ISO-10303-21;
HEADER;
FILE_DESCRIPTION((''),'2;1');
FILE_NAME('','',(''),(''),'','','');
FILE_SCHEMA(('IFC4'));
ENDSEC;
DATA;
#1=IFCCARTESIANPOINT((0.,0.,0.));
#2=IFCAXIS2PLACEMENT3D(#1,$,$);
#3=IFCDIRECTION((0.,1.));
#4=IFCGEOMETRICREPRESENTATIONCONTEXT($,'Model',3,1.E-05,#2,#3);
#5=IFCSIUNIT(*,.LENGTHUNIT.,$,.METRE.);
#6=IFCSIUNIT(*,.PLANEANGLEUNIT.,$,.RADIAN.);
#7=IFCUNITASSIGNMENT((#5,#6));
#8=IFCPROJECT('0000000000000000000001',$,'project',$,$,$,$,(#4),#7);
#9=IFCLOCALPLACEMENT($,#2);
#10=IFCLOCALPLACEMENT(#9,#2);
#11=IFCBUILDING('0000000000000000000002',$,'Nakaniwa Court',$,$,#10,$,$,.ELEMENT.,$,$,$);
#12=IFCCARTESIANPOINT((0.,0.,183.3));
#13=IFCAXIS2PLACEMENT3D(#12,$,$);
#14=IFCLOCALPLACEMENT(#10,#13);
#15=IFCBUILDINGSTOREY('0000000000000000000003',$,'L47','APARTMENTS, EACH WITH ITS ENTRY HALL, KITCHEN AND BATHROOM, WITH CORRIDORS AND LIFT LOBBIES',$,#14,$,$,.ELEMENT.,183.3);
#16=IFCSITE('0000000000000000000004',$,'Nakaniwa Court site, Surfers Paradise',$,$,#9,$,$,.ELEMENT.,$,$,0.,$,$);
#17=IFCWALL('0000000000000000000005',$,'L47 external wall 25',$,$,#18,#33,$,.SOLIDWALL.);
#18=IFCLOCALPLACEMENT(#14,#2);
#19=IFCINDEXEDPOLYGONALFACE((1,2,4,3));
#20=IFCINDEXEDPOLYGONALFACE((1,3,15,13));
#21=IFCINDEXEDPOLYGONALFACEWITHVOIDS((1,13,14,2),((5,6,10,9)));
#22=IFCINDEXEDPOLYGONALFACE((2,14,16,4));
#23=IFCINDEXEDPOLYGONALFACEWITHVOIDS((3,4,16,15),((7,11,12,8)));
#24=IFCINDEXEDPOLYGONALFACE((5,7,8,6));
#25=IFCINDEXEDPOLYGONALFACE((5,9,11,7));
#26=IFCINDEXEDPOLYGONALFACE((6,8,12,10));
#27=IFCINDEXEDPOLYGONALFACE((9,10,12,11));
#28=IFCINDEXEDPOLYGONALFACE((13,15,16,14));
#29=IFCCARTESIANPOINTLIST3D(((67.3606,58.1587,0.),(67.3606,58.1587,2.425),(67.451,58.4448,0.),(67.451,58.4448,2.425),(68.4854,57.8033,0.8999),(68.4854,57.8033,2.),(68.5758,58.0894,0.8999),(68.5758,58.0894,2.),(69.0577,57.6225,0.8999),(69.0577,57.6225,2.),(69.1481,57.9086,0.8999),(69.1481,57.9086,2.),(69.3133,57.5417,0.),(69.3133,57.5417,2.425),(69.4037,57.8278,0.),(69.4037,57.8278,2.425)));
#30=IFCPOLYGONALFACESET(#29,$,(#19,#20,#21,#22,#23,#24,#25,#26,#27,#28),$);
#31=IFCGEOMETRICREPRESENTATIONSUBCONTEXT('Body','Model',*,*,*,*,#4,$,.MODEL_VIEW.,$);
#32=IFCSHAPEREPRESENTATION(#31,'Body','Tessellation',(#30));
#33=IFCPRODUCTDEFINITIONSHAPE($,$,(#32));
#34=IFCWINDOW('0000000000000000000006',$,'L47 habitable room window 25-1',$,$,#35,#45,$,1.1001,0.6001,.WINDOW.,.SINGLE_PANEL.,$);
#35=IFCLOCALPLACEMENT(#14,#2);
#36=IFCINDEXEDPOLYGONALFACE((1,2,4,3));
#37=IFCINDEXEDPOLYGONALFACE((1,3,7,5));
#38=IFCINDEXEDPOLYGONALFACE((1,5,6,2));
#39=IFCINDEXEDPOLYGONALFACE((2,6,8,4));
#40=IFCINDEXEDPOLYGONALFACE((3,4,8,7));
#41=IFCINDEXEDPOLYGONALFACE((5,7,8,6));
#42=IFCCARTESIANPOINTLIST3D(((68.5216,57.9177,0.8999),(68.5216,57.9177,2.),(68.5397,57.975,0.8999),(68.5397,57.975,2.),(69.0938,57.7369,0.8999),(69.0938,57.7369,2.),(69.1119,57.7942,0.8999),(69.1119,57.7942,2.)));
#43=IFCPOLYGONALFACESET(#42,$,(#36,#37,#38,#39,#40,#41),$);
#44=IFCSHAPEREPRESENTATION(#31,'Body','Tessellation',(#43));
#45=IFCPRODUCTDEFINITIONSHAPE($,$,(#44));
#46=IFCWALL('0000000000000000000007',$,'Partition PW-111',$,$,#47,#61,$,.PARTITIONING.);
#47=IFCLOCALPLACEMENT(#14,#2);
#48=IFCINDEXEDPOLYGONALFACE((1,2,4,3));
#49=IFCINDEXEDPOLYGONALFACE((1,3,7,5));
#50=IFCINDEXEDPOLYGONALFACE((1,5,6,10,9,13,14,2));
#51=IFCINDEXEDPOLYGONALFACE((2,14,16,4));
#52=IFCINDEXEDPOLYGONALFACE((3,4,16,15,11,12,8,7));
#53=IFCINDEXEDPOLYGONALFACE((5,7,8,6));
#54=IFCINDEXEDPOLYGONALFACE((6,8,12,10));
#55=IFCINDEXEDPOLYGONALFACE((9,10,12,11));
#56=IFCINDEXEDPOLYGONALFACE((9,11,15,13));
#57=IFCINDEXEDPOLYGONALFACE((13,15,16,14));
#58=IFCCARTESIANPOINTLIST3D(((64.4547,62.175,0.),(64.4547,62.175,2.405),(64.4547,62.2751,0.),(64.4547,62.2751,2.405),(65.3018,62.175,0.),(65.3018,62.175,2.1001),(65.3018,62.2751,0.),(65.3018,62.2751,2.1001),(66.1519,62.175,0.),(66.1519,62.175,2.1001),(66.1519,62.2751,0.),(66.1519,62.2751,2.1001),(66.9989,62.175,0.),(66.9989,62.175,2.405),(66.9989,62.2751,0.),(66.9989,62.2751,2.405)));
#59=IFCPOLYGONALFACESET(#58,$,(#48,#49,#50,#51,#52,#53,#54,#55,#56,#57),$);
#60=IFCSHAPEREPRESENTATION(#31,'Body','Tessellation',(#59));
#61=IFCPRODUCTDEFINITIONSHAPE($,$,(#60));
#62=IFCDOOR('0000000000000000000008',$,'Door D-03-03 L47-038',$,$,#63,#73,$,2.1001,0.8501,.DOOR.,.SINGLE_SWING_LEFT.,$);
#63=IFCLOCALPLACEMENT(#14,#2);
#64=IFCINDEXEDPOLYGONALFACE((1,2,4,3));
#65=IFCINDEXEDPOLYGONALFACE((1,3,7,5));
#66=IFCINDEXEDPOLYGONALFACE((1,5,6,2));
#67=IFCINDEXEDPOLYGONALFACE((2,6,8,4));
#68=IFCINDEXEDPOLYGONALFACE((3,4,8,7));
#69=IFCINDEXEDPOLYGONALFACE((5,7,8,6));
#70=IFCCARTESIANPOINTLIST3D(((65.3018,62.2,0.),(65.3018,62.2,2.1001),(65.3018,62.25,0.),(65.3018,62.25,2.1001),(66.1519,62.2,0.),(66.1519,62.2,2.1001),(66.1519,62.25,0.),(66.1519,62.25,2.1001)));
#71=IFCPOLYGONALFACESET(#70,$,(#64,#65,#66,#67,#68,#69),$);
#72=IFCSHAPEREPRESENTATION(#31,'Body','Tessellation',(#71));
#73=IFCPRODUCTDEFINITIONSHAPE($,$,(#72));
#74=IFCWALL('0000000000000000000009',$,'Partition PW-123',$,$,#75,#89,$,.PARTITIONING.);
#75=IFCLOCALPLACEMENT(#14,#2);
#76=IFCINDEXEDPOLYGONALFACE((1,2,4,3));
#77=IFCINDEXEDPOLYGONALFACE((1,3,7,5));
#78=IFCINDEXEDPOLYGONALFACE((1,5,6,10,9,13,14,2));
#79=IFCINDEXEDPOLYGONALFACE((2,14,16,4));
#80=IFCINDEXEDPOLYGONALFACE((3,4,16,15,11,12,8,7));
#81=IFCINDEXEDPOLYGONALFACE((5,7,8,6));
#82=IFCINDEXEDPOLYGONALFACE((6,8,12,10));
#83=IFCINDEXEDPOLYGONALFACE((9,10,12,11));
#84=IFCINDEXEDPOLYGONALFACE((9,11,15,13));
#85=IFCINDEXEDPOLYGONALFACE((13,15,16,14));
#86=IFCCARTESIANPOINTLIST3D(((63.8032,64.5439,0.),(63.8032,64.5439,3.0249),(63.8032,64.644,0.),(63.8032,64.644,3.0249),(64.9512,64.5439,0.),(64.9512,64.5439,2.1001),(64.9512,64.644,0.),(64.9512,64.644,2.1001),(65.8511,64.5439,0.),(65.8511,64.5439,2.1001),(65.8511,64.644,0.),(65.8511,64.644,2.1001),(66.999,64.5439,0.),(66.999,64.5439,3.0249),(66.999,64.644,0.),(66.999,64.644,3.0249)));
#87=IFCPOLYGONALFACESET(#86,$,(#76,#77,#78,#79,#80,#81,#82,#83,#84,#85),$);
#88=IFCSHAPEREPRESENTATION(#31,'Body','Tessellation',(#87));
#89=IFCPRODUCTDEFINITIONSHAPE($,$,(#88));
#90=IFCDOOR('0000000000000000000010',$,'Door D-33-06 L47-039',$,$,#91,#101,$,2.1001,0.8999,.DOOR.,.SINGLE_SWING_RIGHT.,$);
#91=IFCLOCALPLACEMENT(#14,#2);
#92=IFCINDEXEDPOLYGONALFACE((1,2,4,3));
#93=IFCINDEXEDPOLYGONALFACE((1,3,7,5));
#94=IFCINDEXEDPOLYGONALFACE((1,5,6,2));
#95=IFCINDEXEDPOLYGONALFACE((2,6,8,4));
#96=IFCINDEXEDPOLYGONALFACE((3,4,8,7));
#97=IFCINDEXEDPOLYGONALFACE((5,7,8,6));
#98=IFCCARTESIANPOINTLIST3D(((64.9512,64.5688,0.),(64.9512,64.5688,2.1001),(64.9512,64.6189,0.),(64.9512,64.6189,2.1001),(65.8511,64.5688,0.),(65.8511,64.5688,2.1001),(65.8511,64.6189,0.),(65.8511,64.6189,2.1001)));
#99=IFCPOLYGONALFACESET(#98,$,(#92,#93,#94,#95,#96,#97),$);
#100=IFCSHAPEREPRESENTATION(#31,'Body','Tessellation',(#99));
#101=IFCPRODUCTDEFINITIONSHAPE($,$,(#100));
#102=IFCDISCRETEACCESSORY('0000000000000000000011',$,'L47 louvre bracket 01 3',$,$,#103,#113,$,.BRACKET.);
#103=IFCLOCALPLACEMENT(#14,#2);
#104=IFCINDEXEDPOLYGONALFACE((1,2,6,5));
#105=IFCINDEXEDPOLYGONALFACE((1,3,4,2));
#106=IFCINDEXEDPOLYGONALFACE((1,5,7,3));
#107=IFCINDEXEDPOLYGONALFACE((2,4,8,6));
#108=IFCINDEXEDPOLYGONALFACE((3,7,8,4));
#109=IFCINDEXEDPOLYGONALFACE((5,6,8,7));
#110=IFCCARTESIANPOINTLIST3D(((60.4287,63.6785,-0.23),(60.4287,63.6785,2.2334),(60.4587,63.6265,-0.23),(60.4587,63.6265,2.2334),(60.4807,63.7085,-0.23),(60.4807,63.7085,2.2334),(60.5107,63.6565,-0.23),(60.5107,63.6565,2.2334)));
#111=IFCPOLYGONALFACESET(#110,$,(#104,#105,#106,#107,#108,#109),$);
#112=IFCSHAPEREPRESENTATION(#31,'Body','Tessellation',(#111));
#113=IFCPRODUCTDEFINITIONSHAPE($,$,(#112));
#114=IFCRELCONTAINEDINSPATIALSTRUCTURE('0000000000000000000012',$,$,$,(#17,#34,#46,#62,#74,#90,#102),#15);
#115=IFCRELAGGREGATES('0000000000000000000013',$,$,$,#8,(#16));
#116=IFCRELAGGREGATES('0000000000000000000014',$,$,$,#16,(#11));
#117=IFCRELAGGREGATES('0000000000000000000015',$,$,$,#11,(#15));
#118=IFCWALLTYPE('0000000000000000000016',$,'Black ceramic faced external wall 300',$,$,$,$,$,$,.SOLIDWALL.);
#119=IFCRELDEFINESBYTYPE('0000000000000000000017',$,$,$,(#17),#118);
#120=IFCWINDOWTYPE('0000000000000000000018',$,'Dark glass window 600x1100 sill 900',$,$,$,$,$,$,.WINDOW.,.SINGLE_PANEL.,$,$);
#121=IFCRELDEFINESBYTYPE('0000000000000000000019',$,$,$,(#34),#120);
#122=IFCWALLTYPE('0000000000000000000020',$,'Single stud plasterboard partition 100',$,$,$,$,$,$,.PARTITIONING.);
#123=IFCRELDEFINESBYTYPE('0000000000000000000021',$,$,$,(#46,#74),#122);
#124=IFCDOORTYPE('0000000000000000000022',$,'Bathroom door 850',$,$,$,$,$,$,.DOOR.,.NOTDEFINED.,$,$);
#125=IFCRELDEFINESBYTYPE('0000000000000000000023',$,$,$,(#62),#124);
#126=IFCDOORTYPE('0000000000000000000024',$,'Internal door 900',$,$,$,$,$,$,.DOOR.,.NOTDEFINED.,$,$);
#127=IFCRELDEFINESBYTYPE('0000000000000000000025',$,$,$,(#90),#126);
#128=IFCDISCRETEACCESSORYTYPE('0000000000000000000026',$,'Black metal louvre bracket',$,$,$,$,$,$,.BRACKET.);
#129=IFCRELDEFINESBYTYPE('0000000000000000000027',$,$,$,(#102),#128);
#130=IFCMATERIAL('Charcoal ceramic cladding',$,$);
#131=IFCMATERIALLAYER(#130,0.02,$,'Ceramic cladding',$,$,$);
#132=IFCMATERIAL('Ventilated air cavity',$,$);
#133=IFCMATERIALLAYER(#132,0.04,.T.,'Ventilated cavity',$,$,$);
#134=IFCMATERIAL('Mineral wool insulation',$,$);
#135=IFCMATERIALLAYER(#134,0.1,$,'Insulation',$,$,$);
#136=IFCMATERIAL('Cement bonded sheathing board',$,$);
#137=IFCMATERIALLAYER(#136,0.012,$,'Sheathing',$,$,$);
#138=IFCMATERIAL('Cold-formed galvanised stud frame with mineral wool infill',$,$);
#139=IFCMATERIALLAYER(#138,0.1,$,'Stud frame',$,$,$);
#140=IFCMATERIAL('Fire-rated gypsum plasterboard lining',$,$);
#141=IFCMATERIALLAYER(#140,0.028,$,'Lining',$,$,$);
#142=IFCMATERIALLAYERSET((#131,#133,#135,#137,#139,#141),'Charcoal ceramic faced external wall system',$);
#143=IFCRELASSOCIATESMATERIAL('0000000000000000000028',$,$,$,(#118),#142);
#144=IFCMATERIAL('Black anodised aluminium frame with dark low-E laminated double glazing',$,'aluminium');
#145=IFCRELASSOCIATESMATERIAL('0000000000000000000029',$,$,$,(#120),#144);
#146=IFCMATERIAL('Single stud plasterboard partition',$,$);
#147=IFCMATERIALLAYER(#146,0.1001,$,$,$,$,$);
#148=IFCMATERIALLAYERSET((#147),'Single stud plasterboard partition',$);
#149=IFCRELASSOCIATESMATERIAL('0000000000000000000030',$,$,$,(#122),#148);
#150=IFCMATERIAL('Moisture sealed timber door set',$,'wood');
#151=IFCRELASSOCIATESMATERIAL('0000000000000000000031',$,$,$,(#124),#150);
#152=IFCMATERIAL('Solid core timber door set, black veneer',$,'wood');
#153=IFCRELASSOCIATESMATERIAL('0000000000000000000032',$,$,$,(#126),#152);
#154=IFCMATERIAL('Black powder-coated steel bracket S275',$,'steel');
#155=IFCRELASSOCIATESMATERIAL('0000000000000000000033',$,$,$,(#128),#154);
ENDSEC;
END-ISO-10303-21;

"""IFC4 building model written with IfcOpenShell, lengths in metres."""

from ifc_helpers import new_model, si_unit, direction, frame, frame_2d, origin, origin_2d, place, context, subcontext, project, spatial, rectangle, extrude, material, layer, layer_set, type_object, element, fill, save


model = new_model("IFC4")

# Units and contexts
model_context = context("Model", 3, precision=1e-05, world=origin(), true_north=direction((0.0, 1.0)))
body_context = subcontext(model_context, "Body", "Model", "MODEL_VIEW")
ifc_project = project(units=[si_unit("LENGTHUNIT", "METRE"), si_unit("PLANEANGLEUNIT", "RADIAN")], contexts=[model_context])

# Site, building, storey
site_placement = place(None, origin())
site = spatial("IfcSite", under=ifc_project, at=site_placement, Name="Nakaniwa Court site, Surfers Paradise", CompositionType="ELEMENT", RefElevation=0.0)
building_placement = place(site_placement, origin())
building = spatial("IfcBuilding", under=site, at=building_placement, Name="Nakaniwa Court", CompositionType="ELEMENT")
storey_placement = place(building_placement, frame((0.0, 0.0, 183.3)))
storey = spatial("IfcBuildingStorey", under=building, at=storey_placement, Name="L47", Description="APARTMENTS, EACH WITH ITS ENTRY HALL, KITCHEN AND BATHROOM, WITH CORRIDORS AND LIFT LOBBIES", CompositionType="ELEMENT", Elevation=183.3)

# Shared definitions
ifc_material_1 = material(Name="Solid core timber door set, black veneer", Category="wood")

# Shared definitions
ifc_material_2 = material(Name="Charcoal ceramic cladding")
ifc_layer_1 = layer(ifc_material_2, 0.02, Name="Ceramic cladding")
ifc_material_3 = material(Name="Ventilated air cavity")
ifc_layer_2 = layer(ifc_material_3, 0.04, ventilated=True, Name="Ventilated cavity")
ifc_material_4 = material(Name="Mineral wool insulation")
ifc_layer_3 = layer(ifc_material_4, 0.1, Name="Insulation")
ifc_material_5 = material(Name="Cement bonded sheathing board")
ifc_layer_4 = layer(ifc_material_5, 0.012, Name="Sheathing")
ifc_material_6 = material(Name="Cold-formed galvanised stud frame with mineral wool infill")
ifc_layer_5 = layer(ifc_material_6, 0.1, Name="Stud frame")
ifc_material_7 = material(Name="Fire-rated gypsum plasterboard lining")
ifc_layer_6 = layer(ifc_material_7, 0.028, Name="Lining")
ifc_layer_set_1 = layer_set([ifc_layer_1, ifc_layer_2, ifc_layer_3, ifc_layer_4, ifc_layer_5, ifc_layer_6], Name="Charcoal ceramic faced external wall system")
wall_type_1 = type_object("IfcWallType", Name="Black ceramic faced external wall 300", PredefinedType="SOLIDWALL", material=ifc_layer_set_1)
ifc_material_8 = material(Name="Black anodised aluminium frame with dark low-E laminated double glazing", Category="aluminium")

# Wall, opening, window
wall_1_placement = place(storey_placement, frame((67.4058, 58.3018, 0.0), z_axis=(0.0, 0.0, 1.0), x_axis=(0.953538, -0.301274, 0.0)))
wall_1 = element("IfcWall", 1, at=wall_1_placement, inside=storey, type_object=wall_type_1, Name="L47 external wall 25", PredefinedType="SOLIDWALL", context=body_context, shape_type="SweptSolid", body=[
    extrude(rectangle(XDim=2.0479, YDim=0.3, at=frame_2d((1.0239, 0.0))), origin(), (0.0, 0.0, 1.0), 2.425),
])
opening_1_placement = place(wall_1_placement, frame((1.1797, 0.0, 0.8999)))
opening_1 = element("IfcOpeningElement", 2, at=opening_1_placement, cuts=wall_1, PredefinedType="OPENING", context=body_context, shape_type="SweptSolid", body=[
    extrude(rectangle(XDim=0.6001, YDim=1.1001, at=frame_2d((0.3, 0.55))), frame((0.0, 0.1599, 0.0), z_axis=(0.0, -1.0, 0.0), x_axis=(1.0, 0.0, 0.0)), (0.0, 0.0, 1.0), 0.3201),
])
window_type_1 = type_object("IfcWindowType", Name="Dark glass window 600x1100 sill 900", PartitioningType="SINGLE_PANEL", PredefinedType="WINDOW", material=ifc_material_8)
window_1_placement = place(opening_1_placement, origin())
window_1 = element("IfcWindow", 3, at=window_1_placement, inside=storey, type_object=window_type_1, Name="L47 habitable room window 25-1", OverallHeight=1.1001, OverallWidth=0.6001, PartitioningType="SINGLE_PANEL", PredefinedType="WINDOW", context=body_context, shape_type="SweptSolid", body=[
    extrude(rectangle(XDim=0.6001, YDim=1.1001, at=frame_2d((0.3, 0.55))), frame((0.0, 0.03, 0.0), z_axis=(0.0, -1.0, 0.0), x_axis=(1.0, 0.0, 0.0)), (0.0, 0.0, 1.0), 0.0601),
])
fill(opening_1, window_1)

# Walls, openings, doors
ifc_material_9 = material(Name="Single stud plasterboard partition")
ifc_layer_7 = layer(ifc_material_9, 0.1001)
ifc_layer_set_2 = layer_set([ifc_layer_7], Name="Single stud plasterboard partition")
wall_type_2 = type_object("IfcWallType", Name="Single stud plasterboard partition 100", PredefinedType="PARTITIONING", material=ifc_layer_set_2)
wall_2_placement = place(storey_placement, frame((64.4548, 62.2251, 0.0), z_axis=(0.0, 0.0, 1.0), x_axis=(1.0, 0.0, 0.0)))
wall_2 = element("IfcWall", 4, at=wall_2_placement, inside=storey, type_object=wall_type_2, Name="Partition PW-111", PredefinedType="PARTITIONING", context=body_context, shape_type="SweptSolid", body=[
    extrude(rectangle(XDim=2.5442, YDim=0.1001, at=frame_2d((1.272, 0.0))), origin(), (0.0, 0.0, 1.0), 2.405),
])
opening_2_placement = place(wall_2_placement, frame((0.8469, 0.0, 0.0)))
opening_2 = element("IfcOpeningElement", 5, at=opening_2_placement, cuts=wall_2, PredefinedType="OPENING", context=body_context, shape_type="SweptSolid", body=[
    extrude(rectangle(XDim=0.8501, YDim=2.1001, at=frame_2d((0.425, 1.05))), frame((0.0, 0.0601, 0.0), z_axis=(0.0, -1.0, 0.0), x_axis=(1.0, 0.0, 0.0)), (0.0, 0.0, 1.0), 0.1201),
])
ifc_material_10 = material(Name="Moisture sealed timber door set", Category="wood")
door_type_1 = type_object("IfcDoorType", Name="Bathroom door 850", OperationType="NOTDEFINED", PredefinedType="DOOR", material=ifc_material_10)
door_1_placement = place(opening_2_placement, origin())
door_1 = element("IfcDoor", 6, at=door_1_placement, inside=storey, type_object=door_type_1, Name="Door D-03-03 L47-038", OperationType="SINGLE_SWING_LEFT", OverallHeight=2.1001, OverallWidth=0.8501, PredefinedType="DOOR", context=body_context, shape_type="SweptSolid", body=[
    extrude(rectangle(XDim=0.8501, YDim=2.1001, at=frame_2d((0.425, 1.05))), frame((0.0, 0.0249, 0.0), z_axis=(0.0, -1.0, 0.0), x_axis=(1.0, 0.0, 0.0)), (0.0, 0.0, 1.0), 0.05),
])
fill(opening_2, door_1)
wall_3_placement = place(storey_placement, frame((63.8032, 64.594, 0.0), z_axis=(0.0, 0.0, 1.0), x_axis=(1.0, 0.0, 0.0)))
wall_3 = element("IfcWall", 7, at=wall_3_placement, inside=storey, type_object=wall_type_2, Name="Partition PW-123", PredefinedType="PARTITIONING", context=body_context, shape_type="SweptSolid", body=[
    extrude(rectangle(XDim=3.1958, YDim=0.1001, at=frame_2d((1.5979, 0.0))), origin(), (0.0, 0.0, 1.0), 3.0249),
])
opening_3_placement = place(wall_3_placement, frame((1.1479, 0.0, 0.0)))
opening_3 = element("IfcOpeningElement", 8, at=opening_3_placement, cuts=wall_3, PredefinedType="OPENING", context=body_context, shape_type="SweptSolid", body=[
    extrude(rectangle(XDim=0.8999, YDim=2.1001, at=frame_2d((0.45, 1.05))), frame((0.0, 0.0601, 0.0), z_axis=(0.0, -1.0, 0.0), x_axis=(1.0, 0.0, 0.0)), (0.0, 0.0, 1.0), 0.1201),
])
door_type_2 = type_object("IfcDoorType", Name="Internal door 900", OperationType="NOTDEFINED", PredefinedType="DOOR", material=ifc_material_1)
door_2_placement = place(opening_3_placement, origin())
door_2 = element("IfcDoor", 9, at=door_2_placement, inside=storey, type_object=door_type_2, Name="Door D-33-06 L47-039", OperationType="SINGLE_SWING_RIGHT", OverallHeight=2.1001, OverallWidth=0.8999, PredefinedType="DOOR", context=body_context, shape_type="SweptSolid", body=[
    extrude(rectangle(XDim=0.8999, YDim=2.1001, at=frame_2d((0.45, 1.05))), frame((0.0, 0.0249, 0.0), z_axis=(0.0, -1.0, 0.0), x_axis=(1.0, 0.0, 0.0)), (0.0, 0.0, 1.0), 0.05),
])
fill(opening_3, door_2)

# Discrete accessory
ifc_material_11 = material(Name="Black powder-coated steel bracket S275", Category="steel")
discrete_accessory_type = type_object("IfcDiscreteAccessoryType", Name="Black metal louvre bracket", PredefinedType="BRACKET", material=ifc_material_11)
discrete_accessory_placement = place(storey_placement, frame((60.4697, 63.6675, -0.23), z_axis=(0.0, 0.0, 1.0), x_axis=(0.500017, -0.866016, 0.0)))
element("IfcDiscreteAccessory", 10, at=discrete_accessory_placement, inside=storey, type_object=discrete_accessory_type, Name="L47 louvre bracket 01 3", PredefinedType="BRACKET", context=body_context, shape_type="SweptSolid", body=[
    extrude(rectangle(XDim=0.0601, YDim=0.0601, at=origin_2d()), origin(), (0.0, 0.0, 1.0), 2.4634),
])

save(model, "model.ifc")
